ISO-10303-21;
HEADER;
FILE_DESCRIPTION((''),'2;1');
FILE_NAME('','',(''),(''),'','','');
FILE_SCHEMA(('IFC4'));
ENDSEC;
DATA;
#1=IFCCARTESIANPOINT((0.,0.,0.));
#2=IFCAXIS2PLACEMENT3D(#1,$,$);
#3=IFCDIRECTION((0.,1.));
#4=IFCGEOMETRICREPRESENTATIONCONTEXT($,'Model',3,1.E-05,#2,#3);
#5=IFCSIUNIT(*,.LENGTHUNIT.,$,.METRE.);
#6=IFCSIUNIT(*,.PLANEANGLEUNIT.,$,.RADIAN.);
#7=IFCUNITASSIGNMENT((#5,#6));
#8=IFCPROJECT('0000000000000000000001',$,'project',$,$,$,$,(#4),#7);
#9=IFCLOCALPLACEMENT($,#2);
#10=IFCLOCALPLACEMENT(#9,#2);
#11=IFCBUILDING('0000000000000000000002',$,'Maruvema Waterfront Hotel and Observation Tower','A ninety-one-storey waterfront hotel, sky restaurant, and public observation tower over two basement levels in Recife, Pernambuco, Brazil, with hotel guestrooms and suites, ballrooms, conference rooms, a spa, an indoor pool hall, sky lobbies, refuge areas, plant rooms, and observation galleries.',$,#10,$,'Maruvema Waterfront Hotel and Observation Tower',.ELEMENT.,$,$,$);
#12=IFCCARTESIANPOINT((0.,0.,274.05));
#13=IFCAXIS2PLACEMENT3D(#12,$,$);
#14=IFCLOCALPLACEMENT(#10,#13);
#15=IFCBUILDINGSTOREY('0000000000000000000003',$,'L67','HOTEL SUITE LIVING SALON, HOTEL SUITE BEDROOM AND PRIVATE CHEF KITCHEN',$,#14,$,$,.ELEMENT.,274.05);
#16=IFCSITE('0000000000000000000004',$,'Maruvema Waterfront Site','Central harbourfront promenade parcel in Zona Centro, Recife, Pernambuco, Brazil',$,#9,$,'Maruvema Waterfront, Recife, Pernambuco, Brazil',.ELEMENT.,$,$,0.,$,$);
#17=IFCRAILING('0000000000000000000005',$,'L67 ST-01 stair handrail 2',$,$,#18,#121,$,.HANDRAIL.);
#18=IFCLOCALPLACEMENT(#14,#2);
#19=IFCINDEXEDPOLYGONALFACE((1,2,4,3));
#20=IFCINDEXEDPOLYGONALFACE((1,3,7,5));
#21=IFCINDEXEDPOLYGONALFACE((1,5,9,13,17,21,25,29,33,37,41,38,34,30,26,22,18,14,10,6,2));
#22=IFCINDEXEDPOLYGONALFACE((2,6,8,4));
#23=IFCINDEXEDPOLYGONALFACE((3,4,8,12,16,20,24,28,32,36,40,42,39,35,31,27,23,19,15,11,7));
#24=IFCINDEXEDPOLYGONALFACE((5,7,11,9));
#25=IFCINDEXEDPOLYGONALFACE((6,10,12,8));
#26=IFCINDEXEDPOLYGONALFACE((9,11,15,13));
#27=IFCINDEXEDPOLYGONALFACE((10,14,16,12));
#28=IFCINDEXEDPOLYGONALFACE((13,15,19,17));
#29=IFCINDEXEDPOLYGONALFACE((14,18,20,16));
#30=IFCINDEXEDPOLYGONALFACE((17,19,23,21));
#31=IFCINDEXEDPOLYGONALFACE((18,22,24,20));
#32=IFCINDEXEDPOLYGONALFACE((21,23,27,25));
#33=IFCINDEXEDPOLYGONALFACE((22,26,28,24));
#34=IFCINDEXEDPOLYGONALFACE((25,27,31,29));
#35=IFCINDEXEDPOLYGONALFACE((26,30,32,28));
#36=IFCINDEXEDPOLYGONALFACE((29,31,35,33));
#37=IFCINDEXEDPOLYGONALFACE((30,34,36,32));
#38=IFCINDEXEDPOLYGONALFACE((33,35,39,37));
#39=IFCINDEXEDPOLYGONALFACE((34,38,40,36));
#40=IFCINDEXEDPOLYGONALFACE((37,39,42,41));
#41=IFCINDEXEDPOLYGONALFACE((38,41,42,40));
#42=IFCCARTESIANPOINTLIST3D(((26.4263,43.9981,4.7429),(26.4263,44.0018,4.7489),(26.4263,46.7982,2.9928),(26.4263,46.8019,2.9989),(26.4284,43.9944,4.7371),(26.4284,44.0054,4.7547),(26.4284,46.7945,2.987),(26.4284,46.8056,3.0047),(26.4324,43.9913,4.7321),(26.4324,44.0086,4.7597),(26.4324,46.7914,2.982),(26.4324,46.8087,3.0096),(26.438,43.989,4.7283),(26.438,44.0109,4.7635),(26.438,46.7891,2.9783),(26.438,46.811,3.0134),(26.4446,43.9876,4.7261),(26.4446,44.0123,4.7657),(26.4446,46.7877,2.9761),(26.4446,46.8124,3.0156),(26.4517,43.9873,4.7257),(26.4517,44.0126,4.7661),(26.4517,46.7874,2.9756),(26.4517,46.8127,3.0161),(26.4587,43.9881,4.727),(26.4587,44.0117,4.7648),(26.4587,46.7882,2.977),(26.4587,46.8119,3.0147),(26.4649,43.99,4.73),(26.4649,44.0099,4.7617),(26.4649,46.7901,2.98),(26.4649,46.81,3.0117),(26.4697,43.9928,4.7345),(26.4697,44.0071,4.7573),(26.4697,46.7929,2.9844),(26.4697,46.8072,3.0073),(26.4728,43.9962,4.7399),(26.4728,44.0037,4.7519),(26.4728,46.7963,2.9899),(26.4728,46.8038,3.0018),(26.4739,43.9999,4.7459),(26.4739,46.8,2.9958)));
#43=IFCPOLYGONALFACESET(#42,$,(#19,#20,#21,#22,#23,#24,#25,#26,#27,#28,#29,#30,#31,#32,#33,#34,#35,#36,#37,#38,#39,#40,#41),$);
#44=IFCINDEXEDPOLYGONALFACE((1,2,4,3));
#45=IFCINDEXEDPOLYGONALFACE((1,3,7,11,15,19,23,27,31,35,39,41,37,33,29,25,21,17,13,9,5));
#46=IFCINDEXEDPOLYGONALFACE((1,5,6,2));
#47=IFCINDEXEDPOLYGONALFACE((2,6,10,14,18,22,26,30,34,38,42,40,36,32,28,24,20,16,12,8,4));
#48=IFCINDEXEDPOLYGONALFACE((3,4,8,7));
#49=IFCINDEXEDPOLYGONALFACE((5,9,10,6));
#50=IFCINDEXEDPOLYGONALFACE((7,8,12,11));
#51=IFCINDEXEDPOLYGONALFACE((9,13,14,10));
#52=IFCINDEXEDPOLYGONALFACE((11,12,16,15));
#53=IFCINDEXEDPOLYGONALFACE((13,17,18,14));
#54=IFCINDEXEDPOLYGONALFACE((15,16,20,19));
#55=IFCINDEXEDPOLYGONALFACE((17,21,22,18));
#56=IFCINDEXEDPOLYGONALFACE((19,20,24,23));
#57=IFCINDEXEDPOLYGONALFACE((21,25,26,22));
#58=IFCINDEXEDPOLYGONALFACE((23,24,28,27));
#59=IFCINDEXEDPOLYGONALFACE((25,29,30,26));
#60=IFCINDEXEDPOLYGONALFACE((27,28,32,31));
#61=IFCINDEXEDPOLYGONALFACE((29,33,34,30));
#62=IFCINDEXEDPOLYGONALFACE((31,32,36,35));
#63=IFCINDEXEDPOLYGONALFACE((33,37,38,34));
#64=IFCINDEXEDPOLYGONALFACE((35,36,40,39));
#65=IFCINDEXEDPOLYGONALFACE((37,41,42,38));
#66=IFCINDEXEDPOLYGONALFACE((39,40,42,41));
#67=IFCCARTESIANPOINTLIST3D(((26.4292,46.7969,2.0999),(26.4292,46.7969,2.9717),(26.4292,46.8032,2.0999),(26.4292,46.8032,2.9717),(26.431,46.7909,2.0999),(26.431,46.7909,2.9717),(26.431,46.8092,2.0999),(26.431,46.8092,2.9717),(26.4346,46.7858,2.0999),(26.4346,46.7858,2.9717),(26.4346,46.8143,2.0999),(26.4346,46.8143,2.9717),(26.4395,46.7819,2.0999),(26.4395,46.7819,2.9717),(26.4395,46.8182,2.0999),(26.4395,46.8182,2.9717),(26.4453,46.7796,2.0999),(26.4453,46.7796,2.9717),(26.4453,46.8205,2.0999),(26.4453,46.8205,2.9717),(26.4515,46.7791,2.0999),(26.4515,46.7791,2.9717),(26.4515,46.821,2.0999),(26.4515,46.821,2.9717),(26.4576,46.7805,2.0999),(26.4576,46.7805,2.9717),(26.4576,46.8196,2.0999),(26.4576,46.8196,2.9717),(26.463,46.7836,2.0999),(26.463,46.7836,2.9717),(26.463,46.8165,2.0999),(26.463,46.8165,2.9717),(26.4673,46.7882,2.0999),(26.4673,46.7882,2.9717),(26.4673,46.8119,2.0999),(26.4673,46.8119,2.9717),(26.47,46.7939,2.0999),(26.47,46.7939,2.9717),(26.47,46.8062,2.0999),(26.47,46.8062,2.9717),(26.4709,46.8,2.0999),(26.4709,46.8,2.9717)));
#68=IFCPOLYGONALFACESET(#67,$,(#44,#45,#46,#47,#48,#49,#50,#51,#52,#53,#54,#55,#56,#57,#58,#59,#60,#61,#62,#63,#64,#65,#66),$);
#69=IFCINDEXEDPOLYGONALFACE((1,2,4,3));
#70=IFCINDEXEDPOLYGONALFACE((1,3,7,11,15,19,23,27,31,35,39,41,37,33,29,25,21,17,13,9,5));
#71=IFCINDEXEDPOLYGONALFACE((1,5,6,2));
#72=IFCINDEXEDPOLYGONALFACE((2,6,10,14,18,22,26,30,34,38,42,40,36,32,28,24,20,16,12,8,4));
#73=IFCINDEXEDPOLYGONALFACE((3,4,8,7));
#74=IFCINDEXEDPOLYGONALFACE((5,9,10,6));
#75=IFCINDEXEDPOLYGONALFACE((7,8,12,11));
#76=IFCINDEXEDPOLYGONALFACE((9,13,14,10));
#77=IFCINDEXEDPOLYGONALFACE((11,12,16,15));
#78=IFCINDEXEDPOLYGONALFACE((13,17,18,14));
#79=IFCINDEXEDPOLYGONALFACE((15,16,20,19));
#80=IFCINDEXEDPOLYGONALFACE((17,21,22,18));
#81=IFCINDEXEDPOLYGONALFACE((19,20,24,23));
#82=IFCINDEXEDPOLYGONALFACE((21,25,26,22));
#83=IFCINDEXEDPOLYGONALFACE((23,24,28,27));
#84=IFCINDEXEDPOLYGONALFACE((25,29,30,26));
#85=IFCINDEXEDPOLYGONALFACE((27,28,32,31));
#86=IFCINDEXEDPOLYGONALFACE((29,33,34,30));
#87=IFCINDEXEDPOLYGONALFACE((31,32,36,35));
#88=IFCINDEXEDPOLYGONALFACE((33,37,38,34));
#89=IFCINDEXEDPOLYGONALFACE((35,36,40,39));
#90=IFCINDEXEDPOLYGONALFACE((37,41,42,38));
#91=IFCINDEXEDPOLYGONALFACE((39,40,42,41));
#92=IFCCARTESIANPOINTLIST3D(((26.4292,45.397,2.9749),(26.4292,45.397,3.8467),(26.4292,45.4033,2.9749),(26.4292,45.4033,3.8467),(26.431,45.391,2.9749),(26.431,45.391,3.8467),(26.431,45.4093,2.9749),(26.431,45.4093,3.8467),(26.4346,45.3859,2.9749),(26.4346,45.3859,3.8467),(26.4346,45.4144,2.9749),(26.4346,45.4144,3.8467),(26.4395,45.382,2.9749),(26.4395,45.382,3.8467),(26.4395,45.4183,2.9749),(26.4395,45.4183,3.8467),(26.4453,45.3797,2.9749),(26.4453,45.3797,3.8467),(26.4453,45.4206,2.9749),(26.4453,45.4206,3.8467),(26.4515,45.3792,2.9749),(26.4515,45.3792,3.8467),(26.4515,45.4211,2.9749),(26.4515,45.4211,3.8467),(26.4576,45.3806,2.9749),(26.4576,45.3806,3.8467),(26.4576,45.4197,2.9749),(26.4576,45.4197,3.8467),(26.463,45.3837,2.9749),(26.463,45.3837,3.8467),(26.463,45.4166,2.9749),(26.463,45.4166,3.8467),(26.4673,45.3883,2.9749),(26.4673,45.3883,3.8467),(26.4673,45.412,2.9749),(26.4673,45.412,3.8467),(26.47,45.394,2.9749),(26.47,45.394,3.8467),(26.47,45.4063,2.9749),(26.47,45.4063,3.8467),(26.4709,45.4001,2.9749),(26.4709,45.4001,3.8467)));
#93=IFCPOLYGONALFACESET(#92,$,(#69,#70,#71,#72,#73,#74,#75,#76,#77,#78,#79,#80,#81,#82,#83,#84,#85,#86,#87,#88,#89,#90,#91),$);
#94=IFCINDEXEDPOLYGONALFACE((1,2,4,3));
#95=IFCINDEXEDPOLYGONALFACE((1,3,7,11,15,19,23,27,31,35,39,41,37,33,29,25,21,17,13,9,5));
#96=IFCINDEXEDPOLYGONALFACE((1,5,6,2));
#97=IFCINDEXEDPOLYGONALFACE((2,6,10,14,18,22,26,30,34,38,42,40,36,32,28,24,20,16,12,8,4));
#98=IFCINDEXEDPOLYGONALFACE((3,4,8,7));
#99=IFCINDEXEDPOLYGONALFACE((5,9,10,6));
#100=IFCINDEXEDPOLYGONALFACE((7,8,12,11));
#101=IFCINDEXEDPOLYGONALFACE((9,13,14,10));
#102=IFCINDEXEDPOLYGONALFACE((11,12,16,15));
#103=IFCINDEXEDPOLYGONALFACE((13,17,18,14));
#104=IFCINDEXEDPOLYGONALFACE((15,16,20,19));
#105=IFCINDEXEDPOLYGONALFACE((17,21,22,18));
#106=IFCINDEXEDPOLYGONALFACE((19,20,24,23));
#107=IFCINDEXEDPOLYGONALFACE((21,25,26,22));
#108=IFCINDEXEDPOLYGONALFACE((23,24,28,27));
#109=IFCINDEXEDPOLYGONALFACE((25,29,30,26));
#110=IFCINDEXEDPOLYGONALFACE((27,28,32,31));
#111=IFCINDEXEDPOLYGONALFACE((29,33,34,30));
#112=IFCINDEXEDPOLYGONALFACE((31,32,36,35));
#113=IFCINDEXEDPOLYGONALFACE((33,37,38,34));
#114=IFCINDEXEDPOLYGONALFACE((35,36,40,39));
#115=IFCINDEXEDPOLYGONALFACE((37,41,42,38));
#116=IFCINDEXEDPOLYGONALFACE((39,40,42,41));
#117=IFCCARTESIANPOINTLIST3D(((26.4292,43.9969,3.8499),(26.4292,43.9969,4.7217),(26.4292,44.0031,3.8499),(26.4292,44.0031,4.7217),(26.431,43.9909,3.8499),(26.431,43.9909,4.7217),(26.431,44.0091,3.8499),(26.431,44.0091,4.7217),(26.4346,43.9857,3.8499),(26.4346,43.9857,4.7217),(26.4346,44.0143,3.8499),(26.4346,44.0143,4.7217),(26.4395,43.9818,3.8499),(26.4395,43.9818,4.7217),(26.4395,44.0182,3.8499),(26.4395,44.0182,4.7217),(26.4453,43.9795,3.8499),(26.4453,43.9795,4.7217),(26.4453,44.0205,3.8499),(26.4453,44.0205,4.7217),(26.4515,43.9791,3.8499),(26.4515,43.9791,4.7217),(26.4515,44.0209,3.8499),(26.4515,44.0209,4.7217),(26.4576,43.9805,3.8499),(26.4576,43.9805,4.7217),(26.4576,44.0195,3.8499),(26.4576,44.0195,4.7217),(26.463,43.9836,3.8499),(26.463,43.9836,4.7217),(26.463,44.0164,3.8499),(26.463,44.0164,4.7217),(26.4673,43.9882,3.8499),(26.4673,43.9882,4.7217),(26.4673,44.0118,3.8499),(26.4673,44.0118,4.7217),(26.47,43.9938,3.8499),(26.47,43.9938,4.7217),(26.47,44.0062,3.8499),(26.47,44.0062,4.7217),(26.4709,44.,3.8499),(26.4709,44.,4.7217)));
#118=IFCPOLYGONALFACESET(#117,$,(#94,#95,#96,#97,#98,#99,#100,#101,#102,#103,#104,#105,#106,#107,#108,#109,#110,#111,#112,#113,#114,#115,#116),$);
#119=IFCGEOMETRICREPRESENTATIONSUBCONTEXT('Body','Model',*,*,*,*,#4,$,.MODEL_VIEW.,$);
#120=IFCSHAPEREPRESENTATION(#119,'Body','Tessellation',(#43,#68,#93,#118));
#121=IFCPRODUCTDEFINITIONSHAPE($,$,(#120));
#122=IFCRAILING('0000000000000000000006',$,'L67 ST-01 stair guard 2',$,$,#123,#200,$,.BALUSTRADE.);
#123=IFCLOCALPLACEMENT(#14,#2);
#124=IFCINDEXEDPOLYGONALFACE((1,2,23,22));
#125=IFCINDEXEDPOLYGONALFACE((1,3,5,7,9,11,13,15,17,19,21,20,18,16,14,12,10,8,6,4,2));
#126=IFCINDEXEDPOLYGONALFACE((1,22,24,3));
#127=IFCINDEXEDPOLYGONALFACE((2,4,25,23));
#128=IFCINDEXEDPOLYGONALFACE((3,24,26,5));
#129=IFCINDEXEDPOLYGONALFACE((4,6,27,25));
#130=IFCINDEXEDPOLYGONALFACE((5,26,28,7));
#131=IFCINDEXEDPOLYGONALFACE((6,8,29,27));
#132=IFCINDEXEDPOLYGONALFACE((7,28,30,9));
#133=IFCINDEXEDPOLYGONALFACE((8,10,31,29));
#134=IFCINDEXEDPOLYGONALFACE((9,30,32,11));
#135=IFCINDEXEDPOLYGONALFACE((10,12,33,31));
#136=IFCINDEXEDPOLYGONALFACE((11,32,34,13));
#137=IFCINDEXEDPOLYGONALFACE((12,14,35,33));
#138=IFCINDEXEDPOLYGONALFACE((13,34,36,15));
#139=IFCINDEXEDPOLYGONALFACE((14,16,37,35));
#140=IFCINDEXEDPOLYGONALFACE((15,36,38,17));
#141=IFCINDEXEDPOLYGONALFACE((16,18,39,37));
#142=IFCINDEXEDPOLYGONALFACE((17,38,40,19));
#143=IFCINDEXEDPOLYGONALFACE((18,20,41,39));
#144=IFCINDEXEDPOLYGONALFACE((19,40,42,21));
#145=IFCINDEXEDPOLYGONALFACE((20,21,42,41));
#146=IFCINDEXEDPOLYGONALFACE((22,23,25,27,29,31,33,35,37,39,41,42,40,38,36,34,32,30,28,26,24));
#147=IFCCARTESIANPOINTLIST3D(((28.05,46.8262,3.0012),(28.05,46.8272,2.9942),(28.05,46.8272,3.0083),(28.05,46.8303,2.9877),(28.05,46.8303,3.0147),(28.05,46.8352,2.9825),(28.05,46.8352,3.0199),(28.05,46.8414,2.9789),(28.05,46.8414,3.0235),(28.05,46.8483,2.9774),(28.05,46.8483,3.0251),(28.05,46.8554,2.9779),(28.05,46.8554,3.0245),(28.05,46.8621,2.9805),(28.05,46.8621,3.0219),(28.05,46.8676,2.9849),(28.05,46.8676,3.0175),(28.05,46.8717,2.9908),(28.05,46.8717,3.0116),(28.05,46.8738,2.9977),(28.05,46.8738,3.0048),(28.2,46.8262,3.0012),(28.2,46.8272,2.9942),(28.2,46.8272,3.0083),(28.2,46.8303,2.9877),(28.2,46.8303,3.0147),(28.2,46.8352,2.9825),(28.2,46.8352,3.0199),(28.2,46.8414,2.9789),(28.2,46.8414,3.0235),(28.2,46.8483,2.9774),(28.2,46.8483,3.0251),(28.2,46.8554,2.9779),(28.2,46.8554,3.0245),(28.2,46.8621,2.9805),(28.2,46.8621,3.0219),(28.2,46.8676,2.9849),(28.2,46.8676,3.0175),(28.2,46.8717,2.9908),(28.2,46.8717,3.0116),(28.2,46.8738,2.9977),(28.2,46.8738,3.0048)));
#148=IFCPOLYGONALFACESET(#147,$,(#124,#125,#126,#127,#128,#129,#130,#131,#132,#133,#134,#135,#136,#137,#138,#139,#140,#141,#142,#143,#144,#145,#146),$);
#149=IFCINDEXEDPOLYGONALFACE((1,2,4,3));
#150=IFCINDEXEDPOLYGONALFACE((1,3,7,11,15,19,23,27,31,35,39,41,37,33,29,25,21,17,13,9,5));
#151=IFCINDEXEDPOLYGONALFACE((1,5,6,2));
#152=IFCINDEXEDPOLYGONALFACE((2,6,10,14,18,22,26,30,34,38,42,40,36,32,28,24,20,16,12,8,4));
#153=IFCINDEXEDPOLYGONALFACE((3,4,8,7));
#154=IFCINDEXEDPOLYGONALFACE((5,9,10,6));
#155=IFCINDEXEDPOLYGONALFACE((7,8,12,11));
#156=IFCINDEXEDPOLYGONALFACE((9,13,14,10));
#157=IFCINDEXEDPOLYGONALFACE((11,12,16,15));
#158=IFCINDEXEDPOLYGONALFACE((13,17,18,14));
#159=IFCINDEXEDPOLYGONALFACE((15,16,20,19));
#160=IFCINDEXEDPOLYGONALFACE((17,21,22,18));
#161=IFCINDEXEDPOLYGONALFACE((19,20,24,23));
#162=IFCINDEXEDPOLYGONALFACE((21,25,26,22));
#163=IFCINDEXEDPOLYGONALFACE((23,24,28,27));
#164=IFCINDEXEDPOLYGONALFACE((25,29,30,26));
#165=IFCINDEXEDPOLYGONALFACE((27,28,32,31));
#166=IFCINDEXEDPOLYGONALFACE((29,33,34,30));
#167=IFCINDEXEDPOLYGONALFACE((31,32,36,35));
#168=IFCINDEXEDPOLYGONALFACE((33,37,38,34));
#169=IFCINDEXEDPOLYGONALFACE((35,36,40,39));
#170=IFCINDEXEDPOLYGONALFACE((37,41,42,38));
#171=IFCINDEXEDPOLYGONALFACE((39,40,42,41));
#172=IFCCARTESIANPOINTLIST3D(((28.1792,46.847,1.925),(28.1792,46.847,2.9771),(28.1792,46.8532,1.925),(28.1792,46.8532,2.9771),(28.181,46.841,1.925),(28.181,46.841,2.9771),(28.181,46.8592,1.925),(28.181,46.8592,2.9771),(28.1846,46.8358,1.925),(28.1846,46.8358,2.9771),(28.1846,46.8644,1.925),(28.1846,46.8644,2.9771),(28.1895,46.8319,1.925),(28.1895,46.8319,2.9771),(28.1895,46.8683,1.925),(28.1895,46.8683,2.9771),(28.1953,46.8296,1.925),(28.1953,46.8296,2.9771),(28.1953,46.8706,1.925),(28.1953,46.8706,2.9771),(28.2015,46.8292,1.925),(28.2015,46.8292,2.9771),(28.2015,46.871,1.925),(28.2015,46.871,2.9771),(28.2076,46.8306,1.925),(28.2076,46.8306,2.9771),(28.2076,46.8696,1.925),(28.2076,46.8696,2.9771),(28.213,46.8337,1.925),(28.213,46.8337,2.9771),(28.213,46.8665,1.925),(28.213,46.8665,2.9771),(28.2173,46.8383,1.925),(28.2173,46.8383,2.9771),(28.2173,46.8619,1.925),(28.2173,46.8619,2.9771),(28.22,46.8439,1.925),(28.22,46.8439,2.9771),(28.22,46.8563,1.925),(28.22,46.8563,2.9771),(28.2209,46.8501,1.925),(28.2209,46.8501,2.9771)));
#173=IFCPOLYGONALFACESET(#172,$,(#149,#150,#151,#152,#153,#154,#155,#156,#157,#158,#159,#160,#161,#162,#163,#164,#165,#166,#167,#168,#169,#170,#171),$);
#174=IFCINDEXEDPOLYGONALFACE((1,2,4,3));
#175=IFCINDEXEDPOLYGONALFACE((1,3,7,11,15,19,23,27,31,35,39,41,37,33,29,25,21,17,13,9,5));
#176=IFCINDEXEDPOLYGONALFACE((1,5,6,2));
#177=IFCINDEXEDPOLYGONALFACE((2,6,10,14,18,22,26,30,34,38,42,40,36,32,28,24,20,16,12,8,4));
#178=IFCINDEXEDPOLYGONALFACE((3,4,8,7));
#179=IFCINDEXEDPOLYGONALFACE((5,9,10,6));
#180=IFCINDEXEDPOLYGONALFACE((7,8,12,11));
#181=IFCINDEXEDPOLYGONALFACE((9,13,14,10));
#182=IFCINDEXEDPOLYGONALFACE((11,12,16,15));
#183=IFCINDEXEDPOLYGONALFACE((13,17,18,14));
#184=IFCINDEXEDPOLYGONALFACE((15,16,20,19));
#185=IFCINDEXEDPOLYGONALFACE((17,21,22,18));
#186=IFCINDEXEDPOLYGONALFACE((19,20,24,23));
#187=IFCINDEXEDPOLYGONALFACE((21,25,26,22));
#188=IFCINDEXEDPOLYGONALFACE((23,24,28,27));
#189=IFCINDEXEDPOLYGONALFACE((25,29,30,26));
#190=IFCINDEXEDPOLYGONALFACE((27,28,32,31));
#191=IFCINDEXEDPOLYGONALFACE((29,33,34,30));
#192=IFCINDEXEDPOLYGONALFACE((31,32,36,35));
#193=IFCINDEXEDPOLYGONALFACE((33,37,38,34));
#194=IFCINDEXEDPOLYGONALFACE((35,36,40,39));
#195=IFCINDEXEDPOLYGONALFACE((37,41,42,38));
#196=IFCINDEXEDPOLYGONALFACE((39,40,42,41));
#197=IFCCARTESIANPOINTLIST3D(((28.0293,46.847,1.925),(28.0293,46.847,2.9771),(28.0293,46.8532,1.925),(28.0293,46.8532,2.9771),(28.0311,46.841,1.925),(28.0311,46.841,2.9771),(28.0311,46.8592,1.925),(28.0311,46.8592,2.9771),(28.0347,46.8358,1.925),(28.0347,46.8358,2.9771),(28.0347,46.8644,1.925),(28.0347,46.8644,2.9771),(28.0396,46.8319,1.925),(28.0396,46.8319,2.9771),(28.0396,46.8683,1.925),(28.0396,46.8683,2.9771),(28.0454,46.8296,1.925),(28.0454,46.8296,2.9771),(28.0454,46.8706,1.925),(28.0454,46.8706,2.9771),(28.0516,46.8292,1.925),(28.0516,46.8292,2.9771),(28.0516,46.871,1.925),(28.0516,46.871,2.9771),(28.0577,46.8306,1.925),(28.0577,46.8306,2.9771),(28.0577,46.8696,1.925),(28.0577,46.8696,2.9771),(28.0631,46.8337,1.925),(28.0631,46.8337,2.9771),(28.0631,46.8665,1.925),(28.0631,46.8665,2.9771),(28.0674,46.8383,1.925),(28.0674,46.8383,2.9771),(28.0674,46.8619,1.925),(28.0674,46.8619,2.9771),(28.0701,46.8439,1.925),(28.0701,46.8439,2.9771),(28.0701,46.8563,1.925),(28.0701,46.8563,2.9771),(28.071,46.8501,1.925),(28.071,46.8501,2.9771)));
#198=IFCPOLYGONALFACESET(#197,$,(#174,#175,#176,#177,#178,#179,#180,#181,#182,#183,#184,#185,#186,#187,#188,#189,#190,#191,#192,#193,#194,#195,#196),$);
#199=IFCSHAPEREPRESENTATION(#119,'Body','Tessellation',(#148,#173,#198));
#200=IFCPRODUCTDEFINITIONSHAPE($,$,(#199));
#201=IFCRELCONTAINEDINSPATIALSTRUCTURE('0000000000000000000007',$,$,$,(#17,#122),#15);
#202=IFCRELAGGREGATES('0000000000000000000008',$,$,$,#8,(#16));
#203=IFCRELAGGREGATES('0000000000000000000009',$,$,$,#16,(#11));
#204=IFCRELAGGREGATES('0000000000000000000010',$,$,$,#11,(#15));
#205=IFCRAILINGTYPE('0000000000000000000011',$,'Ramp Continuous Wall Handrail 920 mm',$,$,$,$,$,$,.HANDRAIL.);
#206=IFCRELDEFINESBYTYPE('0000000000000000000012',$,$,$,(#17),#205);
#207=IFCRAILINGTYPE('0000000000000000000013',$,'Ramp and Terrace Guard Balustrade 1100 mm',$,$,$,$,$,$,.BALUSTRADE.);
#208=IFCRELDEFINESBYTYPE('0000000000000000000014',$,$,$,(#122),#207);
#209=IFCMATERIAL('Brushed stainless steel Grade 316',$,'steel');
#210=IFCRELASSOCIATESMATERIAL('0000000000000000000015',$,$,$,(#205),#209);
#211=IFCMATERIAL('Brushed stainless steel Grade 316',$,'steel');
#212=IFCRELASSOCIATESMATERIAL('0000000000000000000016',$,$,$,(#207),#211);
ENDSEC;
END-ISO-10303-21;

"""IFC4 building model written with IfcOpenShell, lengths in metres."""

from ifc_helpers import new_model, si_unit, direction, frame, origin, origin_2d, place, context, subcontext, project, spatial, circle, extrude, material, type_object, element, save


model = new_model("IFC4")

# Units and contexts
model_context = context("Model", 3, precision=1e-05, world=origin(), true_north=direction((0.0, 1.0)))
body_context = subcontext(model_context, "Body", "Model", "MODEL_VIEW")
ifc_project = project(units=[si_unit("LENGTHUNIT", "METRE"), si_unit("PLANEANGLEUNIT", "RADIAN")], contexts=[model_context])

# Site, building, storey
site_placement = place(None, origin())
site = spatial("IfcSite", under=ifc_project, at=site_placement, Name="Maruvema Waterfront Site", Description="Central harbourfront promenade parcel in Zona Centro, Recife, Pernambuco, Brazil", LongName="Maruvema Waterfront, Recife, Pernambuco, Brazil", CompositionType="ELEMENT", RefElevation=0.0)
building_placement = place(site_placement, origin())
building = spatial("IfcBuilding", under=site, at=building_placement, Name="Maruvema Waterfront Hotel and Observation Tower", Description="A ninety-one-storey waterfront hotel, sky restaurant, and public observation tower over two basement levels in Recife, Pernambuco, Brazil, with hotel guestrooms and suites, ballrooms, conference rooms, a spa, an indoor pool hall, sky lobbies, refuge areas, plant rooms, and observation galleries.", LongName="Maruvema Waterfront Hotel and Observation Tower", CompositionType="ELEMENT")
storey_placement = place(building_placement, frame((0.0, 0.0, 274.05)))
storey = spatial("IfcBuildingStorey", under=building, at=storey_placement, Name="L67", Description="HOTEL SUITE LIVING SALON, HOTEL SUITE BEDROOM AND PRIVATE CHEF KITCHEN", CompositionType="ELEMENT", Elevation=274.05)

# Railings
ifc_material_1 = material(Name="Brushed stainless steel Grade 316", Category="steel")
railing_type_1 = type_object("IfcRailingType", Name="Ramp Continuous Wall Handrail 920 mm", PredefinedType="HANDRAIL", material=ifc_material_1)
railing_1_placement = place(storey_placement, frame((26.45, 46.8, 2.0999)))
element("IfcRailing", 1, at=railing_1_placement, inside=storey, type_object=railing_type_1, Name="L67 ST-01 stair handrail 2", PredefinedType="HANDRAIL", context=body_context, shape_type="SweptSolid", body=[
    extrude(circle(Radius=0.0239, at=origin_2d()), frame((0.0, 0.0, 0.896), z_axis=(0.0, -0.848002, 0.529992), x_axis=(1.0, 0.0, 0.0)), (0.0, 0.0, 1.0), 3.302),
    extrude(circle(Radius=0.021, at=origin_2d()), origin(), (0.0, 0.0, 1.0), 0.8718),
    extrude(circle(Radius=0.021, at=origin_2d()), frame((0.0, -1.3999, 0.875)), (0.0, 0.0, 1.0), 0.8718),
    extrude(circle(Radius=0.021, at=origin_2d()), frame((0.0, -2.8, 1.75)), (0.0, 0.0, 1.0), 0.8718),
])
ifc_material_2 = material(Name="Brushed stainless steel Grade 316", Category="steel")
railing_type_2 = type_object("IfcRailingType", Name="Ramp and Terrace Guard Balustrade 1100 mm", PredefinedType="BALUSTRADE", material=ifc_material_2)
railing_2_placement = place(storey_placement, frame((28.2, 46.8501, 1.925)))
element("IfcRailing", 2, at=railing_2_placement, inside=storey, type_object=railing_type_2, Name="L67 ST-01 stair guard 2", PredefinedType="BALUSTRADE", context=body_context, shape_type="SweptSolid", body=[
    extrude(circle(Radius=0.0239, at=origin_2d()), frame((0.0, 0.0, 1.0762), z_axis=(-1.0, 0.0, 0.0), x_axis=(0.0, -1.0, 0.0)), (0.0, 0.0, 1.0), 0.1499),
    extrude(circle(Radius=0.021, at=origin_2d()), origin(), (0.0, 0.0, 1.0), 1.052),
    extrude(circle(Radius=0.021, at=origin_2d()), frame((-0.1499, 0.0, 0.0)), (0.0, 0.0, 1.0), 1.052),
])

save(model, "model.ifc")
